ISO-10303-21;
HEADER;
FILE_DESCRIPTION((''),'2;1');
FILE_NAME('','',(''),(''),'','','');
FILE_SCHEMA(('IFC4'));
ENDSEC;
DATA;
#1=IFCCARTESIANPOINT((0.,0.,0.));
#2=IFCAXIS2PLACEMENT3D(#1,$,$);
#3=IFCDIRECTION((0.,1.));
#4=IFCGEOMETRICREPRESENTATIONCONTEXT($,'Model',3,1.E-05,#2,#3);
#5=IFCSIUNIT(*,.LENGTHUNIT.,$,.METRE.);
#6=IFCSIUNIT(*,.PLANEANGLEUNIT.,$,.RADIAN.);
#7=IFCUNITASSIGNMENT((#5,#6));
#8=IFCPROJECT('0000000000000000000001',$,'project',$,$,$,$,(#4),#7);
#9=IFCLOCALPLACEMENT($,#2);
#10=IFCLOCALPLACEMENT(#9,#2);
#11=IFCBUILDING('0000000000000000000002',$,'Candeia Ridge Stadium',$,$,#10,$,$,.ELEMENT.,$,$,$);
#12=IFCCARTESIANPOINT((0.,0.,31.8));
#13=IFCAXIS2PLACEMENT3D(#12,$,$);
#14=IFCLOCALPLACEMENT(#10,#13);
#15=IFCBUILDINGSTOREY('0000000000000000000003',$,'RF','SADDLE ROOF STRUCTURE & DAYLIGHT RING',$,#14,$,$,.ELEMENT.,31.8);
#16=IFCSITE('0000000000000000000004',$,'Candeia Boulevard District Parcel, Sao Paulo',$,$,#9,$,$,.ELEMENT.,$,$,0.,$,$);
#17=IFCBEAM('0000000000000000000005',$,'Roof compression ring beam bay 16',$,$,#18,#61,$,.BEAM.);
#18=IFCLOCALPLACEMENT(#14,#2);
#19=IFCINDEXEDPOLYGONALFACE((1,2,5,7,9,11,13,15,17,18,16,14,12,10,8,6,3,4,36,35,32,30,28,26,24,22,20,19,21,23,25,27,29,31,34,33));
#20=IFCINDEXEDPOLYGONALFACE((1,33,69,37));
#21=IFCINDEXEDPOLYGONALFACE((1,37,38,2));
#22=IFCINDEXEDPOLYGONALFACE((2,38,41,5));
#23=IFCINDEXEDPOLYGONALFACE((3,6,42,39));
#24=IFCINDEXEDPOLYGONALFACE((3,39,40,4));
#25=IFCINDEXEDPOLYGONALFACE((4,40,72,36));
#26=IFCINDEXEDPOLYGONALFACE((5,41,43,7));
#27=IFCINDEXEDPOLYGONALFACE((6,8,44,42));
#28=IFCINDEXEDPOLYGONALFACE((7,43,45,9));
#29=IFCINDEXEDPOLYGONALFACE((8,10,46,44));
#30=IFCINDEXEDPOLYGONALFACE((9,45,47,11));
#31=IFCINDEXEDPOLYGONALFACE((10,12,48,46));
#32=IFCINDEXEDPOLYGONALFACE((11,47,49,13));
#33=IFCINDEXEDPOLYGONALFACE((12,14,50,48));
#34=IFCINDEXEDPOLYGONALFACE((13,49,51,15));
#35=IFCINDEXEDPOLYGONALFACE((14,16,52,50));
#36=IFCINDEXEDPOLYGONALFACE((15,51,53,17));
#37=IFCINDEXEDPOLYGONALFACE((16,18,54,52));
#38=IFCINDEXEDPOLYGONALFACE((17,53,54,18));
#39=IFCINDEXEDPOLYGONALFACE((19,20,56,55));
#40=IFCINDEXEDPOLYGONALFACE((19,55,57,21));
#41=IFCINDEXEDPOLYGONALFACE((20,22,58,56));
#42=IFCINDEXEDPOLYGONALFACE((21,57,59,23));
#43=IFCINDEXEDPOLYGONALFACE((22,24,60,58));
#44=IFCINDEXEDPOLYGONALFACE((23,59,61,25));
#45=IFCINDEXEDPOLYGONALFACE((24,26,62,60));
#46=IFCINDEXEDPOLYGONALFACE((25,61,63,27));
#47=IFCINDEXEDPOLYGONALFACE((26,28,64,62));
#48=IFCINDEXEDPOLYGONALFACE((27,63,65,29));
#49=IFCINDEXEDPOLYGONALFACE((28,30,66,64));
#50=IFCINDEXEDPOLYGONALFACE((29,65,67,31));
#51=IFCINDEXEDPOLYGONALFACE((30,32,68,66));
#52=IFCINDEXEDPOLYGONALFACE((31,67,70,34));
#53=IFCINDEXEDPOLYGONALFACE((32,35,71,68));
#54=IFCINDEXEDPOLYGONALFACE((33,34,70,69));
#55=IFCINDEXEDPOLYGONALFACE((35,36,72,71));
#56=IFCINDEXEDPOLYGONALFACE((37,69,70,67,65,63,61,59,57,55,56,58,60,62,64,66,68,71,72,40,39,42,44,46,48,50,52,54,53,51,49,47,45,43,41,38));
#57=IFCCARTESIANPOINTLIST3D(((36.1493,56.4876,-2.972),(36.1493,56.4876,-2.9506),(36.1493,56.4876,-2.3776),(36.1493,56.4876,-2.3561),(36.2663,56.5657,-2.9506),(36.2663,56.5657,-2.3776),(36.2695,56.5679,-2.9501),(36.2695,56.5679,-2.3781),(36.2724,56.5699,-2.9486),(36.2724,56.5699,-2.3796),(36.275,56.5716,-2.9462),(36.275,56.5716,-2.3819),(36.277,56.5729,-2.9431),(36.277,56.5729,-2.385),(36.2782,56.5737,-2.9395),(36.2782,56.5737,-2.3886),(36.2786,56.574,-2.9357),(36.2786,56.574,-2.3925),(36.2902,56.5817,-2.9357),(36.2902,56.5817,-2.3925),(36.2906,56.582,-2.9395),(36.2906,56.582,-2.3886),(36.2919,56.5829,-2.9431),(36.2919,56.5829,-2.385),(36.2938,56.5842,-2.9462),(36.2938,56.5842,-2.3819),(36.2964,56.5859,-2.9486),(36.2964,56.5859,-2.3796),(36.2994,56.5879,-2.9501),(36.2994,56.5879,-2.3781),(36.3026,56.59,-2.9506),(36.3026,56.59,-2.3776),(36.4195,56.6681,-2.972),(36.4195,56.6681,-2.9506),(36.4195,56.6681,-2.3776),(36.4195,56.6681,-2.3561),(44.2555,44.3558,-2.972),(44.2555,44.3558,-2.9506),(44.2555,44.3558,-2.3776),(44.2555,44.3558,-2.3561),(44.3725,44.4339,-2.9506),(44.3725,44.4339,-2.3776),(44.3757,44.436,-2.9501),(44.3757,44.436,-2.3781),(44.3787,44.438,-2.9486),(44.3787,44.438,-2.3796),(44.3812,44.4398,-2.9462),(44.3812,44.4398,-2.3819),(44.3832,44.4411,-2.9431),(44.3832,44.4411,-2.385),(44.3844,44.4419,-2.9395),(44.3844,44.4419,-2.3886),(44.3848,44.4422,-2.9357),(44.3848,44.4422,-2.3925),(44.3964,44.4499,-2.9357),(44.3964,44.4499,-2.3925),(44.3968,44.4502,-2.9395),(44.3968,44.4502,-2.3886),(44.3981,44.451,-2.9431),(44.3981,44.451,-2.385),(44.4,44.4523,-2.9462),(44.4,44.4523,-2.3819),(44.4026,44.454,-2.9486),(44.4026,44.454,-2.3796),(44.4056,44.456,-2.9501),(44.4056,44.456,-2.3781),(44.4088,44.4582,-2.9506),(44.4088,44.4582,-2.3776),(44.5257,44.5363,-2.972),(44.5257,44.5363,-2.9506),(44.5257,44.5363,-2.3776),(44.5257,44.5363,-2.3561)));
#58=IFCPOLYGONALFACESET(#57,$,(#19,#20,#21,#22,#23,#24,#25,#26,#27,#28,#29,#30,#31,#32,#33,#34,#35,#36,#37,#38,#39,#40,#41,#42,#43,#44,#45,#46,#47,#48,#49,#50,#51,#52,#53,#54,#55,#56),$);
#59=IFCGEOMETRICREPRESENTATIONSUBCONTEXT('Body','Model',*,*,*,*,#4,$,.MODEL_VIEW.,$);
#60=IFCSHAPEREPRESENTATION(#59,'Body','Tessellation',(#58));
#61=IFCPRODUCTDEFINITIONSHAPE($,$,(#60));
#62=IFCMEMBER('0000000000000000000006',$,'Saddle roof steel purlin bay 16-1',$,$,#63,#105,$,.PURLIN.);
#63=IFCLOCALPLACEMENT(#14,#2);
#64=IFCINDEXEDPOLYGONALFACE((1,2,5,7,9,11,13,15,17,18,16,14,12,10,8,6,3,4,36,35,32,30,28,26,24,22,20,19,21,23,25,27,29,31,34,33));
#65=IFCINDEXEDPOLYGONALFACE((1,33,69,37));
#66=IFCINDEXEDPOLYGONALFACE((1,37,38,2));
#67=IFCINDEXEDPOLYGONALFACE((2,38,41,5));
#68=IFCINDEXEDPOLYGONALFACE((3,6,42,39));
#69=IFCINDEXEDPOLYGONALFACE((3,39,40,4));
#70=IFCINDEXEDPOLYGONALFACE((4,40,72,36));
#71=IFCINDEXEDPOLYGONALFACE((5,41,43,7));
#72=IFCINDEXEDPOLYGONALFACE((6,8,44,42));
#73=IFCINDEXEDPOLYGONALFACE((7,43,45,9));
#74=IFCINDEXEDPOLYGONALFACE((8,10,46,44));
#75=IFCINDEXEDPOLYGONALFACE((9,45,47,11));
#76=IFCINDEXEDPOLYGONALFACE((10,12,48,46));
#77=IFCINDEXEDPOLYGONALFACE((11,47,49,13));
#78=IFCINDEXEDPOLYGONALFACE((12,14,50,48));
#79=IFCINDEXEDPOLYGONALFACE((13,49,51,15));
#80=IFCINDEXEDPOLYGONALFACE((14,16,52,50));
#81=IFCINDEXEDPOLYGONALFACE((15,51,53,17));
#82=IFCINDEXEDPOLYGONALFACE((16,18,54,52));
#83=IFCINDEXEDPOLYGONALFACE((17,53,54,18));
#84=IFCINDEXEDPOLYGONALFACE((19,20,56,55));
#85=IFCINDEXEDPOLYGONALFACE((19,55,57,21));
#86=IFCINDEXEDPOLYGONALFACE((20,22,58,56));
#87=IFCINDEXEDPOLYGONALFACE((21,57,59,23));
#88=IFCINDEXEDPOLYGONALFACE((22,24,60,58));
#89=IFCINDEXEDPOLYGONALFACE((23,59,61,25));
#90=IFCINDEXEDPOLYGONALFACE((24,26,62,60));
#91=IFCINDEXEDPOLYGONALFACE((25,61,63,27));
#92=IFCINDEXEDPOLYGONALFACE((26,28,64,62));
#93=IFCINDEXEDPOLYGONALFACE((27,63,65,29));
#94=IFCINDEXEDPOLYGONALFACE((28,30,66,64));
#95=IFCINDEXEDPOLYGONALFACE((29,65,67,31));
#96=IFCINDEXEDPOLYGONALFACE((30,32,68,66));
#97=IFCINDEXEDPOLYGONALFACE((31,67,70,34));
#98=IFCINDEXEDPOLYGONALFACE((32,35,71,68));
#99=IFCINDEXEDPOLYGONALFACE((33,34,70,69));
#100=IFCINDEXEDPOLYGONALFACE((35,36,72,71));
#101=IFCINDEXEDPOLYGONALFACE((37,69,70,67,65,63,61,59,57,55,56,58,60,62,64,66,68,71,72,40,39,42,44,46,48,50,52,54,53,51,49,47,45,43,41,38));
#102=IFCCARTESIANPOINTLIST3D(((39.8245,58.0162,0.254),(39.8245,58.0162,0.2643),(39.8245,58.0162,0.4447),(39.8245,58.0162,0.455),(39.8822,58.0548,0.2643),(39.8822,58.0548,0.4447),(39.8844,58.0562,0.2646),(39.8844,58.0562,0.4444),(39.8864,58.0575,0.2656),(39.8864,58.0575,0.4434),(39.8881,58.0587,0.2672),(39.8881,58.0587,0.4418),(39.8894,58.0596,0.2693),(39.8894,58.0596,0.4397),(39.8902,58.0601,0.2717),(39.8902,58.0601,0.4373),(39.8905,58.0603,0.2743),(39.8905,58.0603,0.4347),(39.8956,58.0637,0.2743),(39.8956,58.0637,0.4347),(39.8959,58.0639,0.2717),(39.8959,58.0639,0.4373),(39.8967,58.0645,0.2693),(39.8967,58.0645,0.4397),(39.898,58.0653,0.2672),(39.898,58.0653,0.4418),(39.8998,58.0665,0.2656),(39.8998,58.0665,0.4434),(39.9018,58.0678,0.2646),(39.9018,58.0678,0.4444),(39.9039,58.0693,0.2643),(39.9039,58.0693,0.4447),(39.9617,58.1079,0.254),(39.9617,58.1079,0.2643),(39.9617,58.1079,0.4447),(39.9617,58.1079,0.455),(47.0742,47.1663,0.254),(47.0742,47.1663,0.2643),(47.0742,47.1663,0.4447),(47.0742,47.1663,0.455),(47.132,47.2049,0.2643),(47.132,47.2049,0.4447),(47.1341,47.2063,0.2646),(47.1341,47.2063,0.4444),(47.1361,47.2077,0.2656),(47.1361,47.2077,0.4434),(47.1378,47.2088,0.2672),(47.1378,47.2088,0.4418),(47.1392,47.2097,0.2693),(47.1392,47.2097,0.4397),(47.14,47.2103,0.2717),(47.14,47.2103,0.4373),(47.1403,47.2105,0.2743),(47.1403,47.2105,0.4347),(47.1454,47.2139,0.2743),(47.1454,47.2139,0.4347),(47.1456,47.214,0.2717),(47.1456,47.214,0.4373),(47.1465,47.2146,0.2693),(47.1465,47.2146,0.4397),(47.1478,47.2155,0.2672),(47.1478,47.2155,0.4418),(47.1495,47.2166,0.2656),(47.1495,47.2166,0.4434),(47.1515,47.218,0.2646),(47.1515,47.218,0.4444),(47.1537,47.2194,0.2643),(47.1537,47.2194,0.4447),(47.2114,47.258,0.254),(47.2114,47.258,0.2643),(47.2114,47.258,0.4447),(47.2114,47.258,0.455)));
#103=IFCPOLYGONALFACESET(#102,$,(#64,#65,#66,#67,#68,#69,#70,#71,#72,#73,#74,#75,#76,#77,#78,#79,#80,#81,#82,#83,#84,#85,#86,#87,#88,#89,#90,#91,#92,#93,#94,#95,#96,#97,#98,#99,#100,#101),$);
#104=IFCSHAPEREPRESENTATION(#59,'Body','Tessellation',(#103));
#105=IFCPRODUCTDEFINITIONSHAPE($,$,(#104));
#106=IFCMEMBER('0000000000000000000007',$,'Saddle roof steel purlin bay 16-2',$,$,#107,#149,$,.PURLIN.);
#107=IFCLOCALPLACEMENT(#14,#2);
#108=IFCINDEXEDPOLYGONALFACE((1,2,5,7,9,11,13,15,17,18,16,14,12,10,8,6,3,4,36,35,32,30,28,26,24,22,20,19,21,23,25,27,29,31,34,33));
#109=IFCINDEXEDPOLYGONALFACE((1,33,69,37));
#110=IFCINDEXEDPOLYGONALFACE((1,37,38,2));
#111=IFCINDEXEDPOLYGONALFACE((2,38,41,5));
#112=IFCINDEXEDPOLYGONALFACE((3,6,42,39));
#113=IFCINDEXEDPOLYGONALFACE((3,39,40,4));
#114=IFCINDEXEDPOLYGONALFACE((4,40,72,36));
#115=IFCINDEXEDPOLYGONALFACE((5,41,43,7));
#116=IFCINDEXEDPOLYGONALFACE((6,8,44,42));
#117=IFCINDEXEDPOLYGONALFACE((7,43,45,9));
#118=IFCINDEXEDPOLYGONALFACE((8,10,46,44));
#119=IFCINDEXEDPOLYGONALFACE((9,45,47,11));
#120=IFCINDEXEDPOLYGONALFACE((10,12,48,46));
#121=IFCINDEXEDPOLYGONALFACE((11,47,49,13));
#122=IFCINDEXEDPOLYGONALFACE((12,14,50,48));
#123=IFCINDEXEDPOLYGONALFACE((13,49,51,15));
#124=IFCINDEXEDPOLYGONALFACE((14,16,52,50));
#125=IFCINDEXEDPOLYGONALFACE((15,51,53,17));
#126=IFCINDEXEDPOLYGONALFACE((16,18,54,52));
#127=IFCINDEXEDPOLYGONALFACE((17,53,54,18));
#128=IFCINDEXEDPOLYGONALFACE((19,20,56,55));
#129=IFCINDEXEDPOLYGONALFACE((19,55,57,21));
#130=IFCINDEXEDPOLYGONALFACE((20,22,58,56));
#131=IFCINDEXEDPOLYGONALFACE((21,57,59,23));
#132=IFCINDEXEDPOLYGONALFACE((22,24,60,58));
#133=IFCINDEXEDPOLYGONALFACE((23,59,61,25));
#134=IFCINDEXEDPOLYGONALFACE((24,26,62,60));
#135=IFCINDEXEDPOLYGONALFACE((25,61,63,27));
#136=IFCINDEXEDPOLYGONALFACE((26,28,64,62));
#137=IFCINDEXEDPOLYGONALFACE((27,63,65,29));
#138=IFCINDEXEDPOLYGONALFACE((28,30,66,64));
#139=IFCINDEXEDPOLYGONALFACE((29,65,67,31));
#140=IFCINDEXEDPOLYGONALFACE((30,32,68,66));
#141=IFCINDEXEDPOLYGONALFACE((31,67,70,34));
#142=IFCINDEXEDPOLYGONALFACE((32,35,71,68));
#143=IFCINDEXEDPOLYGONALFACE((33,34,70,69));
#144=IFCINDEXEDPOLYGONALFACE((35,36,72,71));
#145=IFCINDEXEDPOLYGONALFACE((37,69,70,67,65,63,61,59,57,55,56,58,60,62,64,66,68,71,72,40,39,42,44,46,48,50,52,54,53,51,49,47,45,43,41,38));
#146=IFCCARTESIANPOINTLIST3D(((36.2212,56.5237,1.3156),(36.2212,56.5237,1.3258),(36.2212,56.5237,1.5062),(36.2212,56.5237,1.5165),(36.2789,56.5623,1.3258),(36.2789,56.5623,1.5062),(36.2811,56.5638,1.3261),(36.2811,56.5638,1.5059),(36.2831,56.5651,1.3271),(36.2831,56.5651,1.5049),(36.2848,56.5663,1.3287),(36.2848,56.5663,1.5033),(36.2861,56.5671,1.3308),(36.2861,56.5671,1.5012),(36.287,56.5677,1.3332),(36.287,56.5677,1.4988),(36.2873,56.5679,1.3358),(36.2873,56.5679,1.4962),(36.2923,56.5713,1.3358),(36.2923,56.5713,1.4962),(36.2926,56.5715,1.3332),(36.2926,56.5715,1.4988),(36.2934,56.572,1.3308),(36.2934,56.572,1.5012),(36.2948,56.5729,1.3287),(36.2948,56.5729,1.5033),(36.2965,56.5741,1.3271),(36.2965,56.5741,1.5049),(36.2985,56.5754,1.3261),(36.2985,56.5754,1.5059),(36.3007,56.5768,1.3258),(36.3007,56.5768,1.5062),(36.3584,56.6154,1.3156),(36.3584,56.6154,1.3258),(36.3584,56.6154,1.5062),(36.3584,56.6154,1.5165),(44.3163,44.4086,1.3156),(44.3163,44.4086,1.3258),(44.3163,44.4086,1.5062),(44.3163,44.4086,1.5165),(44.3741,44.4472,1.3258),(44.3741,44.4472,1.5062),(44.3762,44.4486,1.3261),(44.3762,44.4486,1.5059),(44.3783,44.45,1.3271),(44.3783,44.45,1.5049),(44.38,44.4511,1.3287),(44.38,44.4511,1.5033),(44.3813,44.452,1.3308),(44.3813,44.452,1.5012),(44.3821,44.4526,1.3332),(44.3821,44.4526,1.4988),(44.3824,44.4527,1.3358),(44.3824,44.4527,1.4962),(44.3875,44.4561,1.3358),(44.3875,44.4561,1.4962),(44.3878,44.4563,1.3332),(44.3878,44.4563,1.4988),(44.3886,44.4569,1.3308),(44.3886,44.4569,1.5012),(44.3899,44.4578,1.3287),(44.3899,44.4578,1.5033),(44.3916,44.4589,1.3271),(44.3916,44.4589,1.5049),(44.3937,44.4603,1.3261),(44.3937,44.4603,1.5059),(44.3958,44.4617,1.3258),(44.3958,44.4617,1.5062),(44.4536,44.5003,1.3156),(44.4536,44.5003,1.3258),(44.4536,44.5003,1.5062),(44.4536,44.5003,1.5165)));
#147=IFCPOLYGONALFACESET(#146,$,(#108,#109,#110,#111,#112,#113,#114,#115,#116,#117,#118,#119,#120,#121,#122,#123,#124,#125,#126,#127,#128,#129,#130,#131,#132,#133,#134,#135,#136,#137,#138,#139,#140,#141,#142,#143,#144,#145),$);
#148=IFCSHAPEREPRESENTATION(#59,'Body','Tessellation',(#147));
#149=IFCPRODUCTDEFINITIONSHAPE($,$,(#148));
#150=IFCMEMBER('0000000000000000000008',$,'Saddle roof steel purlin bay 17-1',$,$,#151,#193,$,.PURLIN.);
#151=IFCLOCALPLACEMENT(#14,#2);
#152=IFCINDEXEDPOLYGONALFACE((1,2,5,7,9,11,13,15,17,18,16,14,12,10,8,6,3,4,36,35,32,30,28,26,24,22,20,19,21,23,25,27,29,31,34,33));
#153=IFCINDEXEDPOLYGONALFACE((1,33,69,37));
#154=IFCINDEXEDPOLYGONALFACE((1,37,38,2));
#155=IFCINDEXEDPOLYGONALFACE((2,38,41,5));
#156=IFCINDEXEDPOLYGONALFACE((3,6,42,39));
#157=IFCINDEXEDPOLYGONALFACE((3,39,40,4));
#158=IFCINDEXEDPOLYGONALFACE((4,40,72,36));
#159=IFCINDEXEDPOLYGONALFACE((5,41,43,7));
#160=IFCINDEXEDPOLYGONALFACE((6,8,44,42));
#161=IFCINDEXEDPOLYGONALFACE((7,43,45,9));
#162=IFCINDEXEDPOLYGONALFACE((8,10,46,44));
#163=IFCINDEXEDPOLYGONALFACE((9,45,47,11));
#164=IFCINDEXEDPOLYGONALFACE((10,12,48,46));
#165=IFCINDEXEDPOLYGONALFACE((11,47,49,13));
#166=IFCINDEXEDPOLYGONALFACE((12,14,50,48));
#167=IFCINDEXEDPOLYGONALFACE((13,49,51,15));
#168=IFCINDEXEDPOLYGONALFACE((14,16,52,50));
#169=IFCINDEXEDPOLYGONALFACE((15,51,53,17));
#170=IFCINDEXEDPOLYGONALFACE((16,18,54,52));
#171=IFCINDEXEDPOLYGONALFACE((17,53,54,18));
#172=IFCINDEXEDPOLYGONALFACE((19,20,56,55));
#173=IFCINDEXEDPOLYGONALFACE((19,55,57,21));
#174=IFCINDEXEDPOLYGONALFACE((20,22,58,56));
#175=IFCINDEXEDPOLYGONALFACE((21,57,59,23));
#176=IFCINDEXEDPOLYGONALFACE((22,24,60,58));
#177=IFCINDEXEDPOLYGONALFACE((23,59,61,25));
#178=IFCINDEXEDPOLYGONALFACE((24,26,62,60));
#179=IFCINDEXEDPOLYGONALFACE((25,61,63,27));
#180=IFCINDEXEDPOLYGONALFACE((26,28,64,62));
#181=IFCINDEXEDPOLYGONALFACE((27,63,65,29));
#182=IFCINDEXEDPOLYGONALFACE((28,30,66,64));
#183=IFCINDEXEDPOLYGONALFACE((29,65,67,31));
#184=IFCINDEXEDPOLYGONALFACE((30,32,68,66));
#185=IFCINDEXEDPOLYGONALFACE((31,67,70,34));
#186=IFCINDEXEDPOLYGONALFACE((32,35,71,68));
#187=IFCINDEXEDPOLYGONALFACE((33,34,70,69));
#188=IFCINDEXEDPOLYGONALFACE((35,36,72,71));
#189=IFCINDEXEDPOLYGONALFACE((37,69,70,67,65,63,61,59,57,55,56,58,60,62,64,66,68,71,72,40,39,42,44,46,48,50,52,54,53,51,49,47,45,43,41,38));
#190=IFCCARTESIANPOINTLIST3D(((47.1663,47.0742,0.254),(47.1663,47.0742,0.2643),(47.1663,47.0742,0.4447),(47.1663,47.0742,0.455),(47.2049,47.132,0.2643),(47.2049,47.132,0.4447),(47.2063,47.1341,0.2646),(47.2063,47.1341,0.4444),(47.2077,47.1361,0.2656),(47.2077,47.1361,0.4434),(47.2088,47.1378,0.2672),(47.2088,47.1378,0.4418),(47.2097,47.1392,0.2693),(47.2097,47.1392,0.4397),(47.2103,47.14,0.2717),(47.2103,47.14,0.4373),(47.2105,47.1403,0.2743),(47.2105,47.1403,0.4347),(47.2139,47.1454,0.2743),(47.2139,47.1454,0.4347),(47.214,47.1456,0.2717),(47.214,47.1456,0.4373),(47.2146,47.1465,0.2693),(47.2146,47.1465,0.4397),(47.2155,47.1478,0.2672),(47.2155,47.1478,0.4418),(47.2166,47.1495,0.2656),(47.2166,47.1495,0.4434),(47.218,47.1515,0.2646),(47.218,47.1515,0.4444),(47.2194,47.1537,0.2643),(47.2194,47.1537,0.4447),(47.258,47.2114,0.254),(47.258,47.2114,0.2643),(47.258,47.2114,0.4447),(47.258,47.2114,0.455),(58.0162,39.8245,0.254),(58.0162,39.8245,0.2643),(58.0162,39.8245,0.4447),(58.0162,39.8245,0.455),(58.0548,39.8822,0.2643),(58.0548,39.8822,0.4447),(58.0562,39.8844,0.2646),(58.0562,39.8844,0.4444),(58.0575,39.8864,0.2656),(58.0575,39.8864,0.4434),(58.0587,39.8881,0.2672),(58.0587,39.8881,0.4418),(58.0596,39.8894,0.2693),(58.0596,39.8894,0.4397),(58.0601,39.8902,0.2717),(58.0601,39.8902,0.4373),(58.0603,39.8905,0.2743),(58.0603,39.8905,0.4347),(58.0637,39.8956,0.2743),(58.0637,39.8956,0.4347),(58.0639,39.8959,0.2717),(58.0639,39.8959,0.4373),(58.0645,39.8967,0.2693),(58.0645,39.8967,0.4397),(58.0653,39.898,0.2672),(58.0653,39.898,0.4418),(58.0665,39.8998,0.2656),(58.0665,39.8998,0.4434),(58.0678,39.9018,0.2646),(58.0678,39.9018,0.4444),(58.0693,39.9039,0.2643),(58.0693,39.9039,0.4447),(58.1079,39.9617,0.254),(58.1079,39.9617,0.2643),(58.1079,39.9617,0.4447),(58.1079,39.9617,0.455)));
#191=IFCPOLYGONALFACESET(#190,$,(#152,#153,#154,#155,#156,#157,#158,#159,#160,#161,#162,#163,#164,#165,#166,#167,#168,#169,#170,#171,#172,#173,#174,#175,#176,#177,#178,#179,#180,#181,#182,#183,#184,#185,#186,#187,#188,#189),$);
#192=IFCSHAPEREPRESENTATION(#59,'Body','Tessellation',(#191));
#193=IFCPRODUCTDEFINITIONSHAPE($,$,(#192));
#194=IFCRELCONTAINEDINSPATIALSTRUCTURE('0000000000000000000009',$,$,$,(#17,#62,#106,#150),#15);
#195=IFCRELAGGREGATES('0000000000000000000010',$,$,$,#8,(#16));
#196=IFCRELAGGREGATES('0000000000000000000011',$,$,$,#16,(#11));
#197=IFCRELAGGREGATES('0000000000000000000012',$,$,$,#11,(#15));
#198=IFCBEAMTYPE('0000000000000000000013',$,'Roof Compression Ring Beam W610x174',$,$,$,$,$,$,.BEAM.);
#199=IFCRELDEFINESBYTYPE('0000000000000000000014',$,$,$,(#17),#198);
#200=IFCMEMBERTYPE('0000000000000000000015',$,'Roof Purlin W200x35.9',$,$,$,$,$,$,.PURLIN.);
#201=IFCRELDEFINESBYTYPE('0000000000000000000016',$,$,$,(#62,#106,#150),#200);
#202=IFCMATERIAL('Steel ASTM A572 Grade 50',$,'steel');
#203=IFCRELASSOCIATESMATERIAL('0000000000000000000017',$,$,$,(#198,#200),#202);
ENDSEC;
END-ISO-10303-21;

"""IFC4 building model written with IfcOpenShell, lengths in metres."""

from ifc_helpers import new_model, si_unit, direction, frame, origin, origin_2d, place, context, subcontext, project, spatial, i_section, extrude, material, material_profile, profile_set, type_object, element, save


model = new_model("IFC4")

# Units and contexts
model_context = context("Model", 3, precision=1e-05, world=origin(), true_north=direction((0.0, 1.0)))
body_context = subcontext(model_context, "Body", "Model", "MODEL_VIEW")
ifc_project = project(units=[si_unit("LENGTHUNIT", "METRE"), si_unit("PLANEANGLEUNIT", "RADIAN")], contexts=[model_context])

# Site, building, storey
site_placement = place(None, origin())
site = spatial("IfcSite", under=ifc_project, at=site_placement, Name="Candeia Boulevard District Parcel, Sao Paulo", CompositionType="ELEMENT", RefElevation=0.0)
building_placement = place(site_placement, origin())
building = spatial("IfcBuilding", under=site, at=building_placement, Name="Candeia Ridge Stadium", CompositionType="ELEMENT")
storey_placement = place(building_placement, frame((0.0, 0.0, 31.8)))
storey = spatial("IfcBuildingStorey", under=building, at=storey_placement, Name="RF", Description="SADDLE ROOF STRUCTURE & DAYLIGHT RING", CompositionType="ELEMENT", Elevation=31.8)

# Beam
ifc_material_1 = material(Name="Steel ASTM A572 Grade 50", Category="steel")
ifc_material_profile_1 = material_profile(ifc_material_1, i_section(OverallWidth=0.325, OverallDepth=0.616, WebThickness=0.0139, FlangeThickness=0.0215, FilletRadius=0.0149, at=origin_2d()), Name="W610x174", Category="steel")
ifc_profile_set_1 = profile_set([ifc_material_profile_1], Name="Steel ASTM A572 Grade 50")
beam_type = type_object("IfcBeamType", Name="Roof Compression Ring Beam W610x174", PredefinedType="BEAM", material=ifc_profile_set_1)
beam_placement = place(storey_placement, frame((36.2844, 56.5779, -2.6641), z_axis=(0.555569, -0.831471, 0.0), x_axis=(0.831471, 0.555569, 0.0)))
element("IfcBeam", 1, at=beam_placement, inside=storey, type_object=beam_type, Name="Roof compression ring beam bay 16", PredefinedType="BEAM", context=body_context, shape_type="SweptSolid", body=[
    extrude(i_section(OverallWidth=0.325, OverallDepth=0.616, WebThickness=0.0139, FlangeThickness=0.0215, FilletRadius=0.0149, at=origin_2d()), origin(), (0.0, 0.0, 1.0), 14.5908),
])

# Members
ifc_material_profile_2 = material_profile(ifc_material_1, i_section(OverallWidth=0.165, OverallDepth=0.2009, WebThickness=0.0061, FlangeThickness=0.0103, FilletRadius=0.01, at=origin_2d()), Name="W200x35.9", Category="steel")
ifc_profile_set_2 = profile_set([ifc_material_profile_2], Name="Steel ASTM A572 Grade 50")
member_type_1 = type_object("IfcMemberType", Name="Roof Purlin W200x35.9", PredefinedType="PURLIN", material=ifc_profile_set_2)
member_1_placement = place(storey_placement, frame((39.8931, 58.062, 0.3545), z_axis=(0.555576, -0.831466, 0.0), x_axis=(0.831466, 0.555576, 0.0)))
element("IfcMember", 2, at=member_1_placement, inside=storey, type_object=member_type_1, Name="Saddle roof steel purlin bay 16-1", PredefinedType="PURLIN", context=body_context, shape_type="SweptSolid", body=[
    extrude(i_section(OverallWidth=0.165, OverallDepth=0.2009, WebThickness=0.0061, FlangeThickness=0.0103, FilletRadius=0.01, at=origin_2d()), origin(), (0.0, 0.0, 1.0), 13.0491),
])
member_2_placement = place(storey_placement, frame((36.2898, 56.5696, 1.416), z_axis=(0.555574, -0.831467, 0.0), x_axis=(0.831467, 0.555574, 0.0)))
element("IfcMember", 3, at=member_2_placement, inside=storey, type_object=member_type_1, Name="Saddle roof steel purlin bay 16-2", PredefinedType="PURLIN", context=body_context, shape_type="SweptSolid", body=[
    extrude(i_section(OverallWidth=0.165, OverallDepth=0.2009, WebThickness=0.0061, FlangeThickness=0.0103, FilletRadius=0.01, at=origin_2d()), origin(), (0.0, 0.0, 1.0), 14.5708),
])
member_3_placement = place(storey_placement, frame((47.2122, 47.1428, 0.3545), z_axis=(0.831466, -0.555576, 0.0), x_axis=(0.555576, 0.831466, 0.0)))
element("IfcMember", 4, at=member_3_placement, inside=storey, type_object=member_type_1, Name="Saddle roof steel purlin bay 17-1", PredefinedType="PURLIN", context=body_context, shape_type="SweptSolid", body=[
    extrude(i_section(OverallWidth=0.165, OverallDepth=0.2009, WebThickness=0.0061, FlangeThickness=0.0103, FilletRadius=0.01, at=origin_2d()), origin(), (0.0, 0.0, 1.0), 13.0491),
])

save(model, "model.ifc")
